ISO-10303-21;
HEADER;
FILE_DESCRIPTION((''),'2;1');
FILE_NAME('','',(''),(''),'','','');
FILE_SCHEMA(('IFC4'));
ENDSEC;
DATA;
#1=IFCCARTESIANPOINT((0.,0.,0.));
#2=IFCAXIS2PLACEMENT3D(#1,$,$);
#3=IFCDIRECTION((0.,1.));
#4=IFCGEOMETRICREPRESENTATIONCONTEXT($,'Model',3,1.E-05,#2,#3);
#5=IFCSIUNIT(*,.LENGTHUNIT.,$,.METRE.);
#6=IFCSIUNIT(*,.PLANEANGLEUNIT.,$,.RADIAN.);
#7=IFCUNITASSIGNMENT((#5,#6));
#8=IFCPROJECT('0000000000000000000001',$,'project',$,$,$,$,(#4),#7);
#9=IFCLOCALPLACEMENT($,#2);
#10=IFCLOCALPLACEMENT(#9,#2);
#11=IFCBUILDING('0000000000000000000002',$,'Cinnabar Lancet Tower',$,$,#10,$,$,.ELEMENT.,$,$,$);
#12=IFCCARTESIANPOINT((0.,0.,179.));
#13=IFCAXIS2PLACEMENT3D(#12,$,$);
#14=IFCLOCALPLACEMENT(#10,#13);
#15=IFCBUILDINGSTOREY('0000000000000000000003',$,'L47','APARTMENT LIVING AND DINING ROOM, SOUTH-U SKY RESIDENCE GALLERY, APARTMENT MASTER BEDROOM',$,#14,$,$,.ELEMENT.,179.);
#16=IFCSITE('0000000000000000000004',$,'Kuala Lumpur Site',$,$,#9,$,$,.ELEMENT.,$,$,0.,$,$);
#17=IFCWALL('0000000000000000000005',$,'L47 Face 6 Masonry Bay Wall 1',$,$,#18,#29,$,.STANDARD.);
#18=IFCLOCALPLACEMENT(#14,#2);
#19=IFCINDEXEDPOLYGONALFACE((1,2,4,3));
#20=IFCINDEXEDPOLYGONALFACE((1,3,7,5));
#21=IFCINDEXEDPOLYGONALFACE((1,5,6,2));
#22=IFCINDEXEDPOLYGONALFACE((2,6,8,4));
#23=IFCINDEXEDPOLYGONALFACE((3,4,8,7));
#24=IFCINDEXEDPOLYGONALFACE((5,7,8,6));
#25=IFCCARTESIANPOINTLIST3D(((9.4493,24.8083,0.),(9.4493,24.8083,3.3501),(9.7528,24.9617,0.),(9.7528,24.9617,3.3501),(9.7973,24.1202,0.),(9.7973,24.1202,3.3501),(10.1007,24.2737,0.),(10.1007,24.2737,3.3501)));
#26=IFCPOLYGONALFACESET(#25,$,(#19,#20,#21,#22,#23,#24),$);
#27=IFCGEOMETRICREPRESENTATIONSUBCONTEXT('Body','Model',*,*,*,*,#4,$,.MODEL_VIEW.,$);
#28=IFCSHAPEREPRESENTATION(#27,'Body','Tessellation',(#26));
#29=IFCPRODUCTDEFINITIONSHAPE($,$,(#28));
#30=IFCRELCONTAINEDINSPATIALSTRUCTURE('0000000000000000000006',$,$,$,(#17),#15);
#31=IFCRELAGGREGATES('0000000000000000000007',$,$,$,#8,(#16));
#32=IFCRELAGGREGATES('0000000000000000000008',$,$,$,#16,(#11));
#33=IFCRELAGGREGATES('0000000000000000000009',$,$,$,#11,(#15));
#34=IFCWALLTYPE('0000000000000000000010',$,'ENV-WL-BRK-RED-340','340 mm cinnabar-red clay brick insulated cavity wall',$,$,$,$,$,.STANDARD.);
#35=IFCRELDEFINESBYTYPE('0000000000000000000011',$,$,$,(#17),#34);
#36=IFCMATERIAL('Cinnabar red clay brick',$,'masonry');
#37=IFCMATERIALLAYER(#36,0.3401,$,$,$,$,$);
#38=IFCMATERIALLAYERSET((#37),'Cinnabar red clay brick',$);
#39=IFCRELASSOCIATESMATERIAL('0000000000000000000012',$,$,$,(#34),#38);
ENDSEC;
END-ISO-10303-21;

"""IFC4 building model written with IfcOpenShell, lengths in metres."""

from ifc_helpers import new_model, si_unit, direction, frame, frame_2d, origin, place, context, subcontext, project, spatial, rectangle, extrude, material, layer, layer_set, type_object, element, save


model = new_model("IFC4")

# Units and contexts
model_context = context("Model", 3, precision=1e-05, world=origin(), true_north=direction((0.0, 1.0)))
body_context = subcontext(model_context, "Body", "Model", "MODEL_VIEW")
ifc_project = project(units=[si_unit("LENGTHUNIT", "METRE"), si_unit("PLANEANGLEUNIT", "RADIAN")], contexts=[model_context])

# Site, building, storey
site_placement = place(None, origin())
site = spatial("IfcSite", under=ifc_project, at=site_placement, Name="Kuala Lumpur Site", CompositionType="ELEMENT", RefElevation=0.0)
building_placement = place(site_placement, origin())
building = spatial("IfcBuilding", under=site, at=building_placement, Name="Cinnabar Lancet Tower", CompositionType="ELEMENT")
storey_placement = place(building_placement, frame((0.0, 0.0, 179.0)))
storey = spatial("IfcBuildingStorey", under=building, at=storey_placement, Name="L47", Description="APARTMENT LIVING AND DINING ROOM, SOUTH-U SKY RESIDENCE GALLERY, APARTMENT MASTER BEDROOM", CompositionType="ELEMENT", Elevation=179.0)

# Shared definitions
ifc_material_1 = material(Name="Cinnabar red clay brick", Category="masonry")
ifc_layer_1 = layer(ifc_material_1, 0.3401)
ifc_layer_set_1 = layer_set([ifc_layer_1], Name="Cinnabar red clay brick")
wall_type_1 = type_object("IfcWallType", Name="ENV-WL-BRK-RED-340", Description="340 mm cinnabar-red clay brick insulated cavity wall", PredefinedType="STANDARD", material=ifc_layer_set_1)

# Wall
for number, where, z_axis, x_axis, name in (
    (1, (9.6011, 24.885, 0.0), (0.0, 0.0, 1.0), (0.451262, -0.892391, 0.0), "L47 Face 6 Masonry Bay Wall 1"),
):
    element("IfcWall", number, at=place(storey_placement, frame(where, z_axis=z_axis, x_axis=x_axis)), inside=storey, type_object=wall_type_1, Name=name, PredefinedType="STANDARD", context=body_context, shape_type="SweptSolid", body=[
        extrude(rectangle(XDim=0.771, YDim=0.3401, at=frame_2d((0.3855, 0.0))), origin(), (0.0, 0.0, 1.0), 3.3501),
    ])

save(model, "model.ifc")
